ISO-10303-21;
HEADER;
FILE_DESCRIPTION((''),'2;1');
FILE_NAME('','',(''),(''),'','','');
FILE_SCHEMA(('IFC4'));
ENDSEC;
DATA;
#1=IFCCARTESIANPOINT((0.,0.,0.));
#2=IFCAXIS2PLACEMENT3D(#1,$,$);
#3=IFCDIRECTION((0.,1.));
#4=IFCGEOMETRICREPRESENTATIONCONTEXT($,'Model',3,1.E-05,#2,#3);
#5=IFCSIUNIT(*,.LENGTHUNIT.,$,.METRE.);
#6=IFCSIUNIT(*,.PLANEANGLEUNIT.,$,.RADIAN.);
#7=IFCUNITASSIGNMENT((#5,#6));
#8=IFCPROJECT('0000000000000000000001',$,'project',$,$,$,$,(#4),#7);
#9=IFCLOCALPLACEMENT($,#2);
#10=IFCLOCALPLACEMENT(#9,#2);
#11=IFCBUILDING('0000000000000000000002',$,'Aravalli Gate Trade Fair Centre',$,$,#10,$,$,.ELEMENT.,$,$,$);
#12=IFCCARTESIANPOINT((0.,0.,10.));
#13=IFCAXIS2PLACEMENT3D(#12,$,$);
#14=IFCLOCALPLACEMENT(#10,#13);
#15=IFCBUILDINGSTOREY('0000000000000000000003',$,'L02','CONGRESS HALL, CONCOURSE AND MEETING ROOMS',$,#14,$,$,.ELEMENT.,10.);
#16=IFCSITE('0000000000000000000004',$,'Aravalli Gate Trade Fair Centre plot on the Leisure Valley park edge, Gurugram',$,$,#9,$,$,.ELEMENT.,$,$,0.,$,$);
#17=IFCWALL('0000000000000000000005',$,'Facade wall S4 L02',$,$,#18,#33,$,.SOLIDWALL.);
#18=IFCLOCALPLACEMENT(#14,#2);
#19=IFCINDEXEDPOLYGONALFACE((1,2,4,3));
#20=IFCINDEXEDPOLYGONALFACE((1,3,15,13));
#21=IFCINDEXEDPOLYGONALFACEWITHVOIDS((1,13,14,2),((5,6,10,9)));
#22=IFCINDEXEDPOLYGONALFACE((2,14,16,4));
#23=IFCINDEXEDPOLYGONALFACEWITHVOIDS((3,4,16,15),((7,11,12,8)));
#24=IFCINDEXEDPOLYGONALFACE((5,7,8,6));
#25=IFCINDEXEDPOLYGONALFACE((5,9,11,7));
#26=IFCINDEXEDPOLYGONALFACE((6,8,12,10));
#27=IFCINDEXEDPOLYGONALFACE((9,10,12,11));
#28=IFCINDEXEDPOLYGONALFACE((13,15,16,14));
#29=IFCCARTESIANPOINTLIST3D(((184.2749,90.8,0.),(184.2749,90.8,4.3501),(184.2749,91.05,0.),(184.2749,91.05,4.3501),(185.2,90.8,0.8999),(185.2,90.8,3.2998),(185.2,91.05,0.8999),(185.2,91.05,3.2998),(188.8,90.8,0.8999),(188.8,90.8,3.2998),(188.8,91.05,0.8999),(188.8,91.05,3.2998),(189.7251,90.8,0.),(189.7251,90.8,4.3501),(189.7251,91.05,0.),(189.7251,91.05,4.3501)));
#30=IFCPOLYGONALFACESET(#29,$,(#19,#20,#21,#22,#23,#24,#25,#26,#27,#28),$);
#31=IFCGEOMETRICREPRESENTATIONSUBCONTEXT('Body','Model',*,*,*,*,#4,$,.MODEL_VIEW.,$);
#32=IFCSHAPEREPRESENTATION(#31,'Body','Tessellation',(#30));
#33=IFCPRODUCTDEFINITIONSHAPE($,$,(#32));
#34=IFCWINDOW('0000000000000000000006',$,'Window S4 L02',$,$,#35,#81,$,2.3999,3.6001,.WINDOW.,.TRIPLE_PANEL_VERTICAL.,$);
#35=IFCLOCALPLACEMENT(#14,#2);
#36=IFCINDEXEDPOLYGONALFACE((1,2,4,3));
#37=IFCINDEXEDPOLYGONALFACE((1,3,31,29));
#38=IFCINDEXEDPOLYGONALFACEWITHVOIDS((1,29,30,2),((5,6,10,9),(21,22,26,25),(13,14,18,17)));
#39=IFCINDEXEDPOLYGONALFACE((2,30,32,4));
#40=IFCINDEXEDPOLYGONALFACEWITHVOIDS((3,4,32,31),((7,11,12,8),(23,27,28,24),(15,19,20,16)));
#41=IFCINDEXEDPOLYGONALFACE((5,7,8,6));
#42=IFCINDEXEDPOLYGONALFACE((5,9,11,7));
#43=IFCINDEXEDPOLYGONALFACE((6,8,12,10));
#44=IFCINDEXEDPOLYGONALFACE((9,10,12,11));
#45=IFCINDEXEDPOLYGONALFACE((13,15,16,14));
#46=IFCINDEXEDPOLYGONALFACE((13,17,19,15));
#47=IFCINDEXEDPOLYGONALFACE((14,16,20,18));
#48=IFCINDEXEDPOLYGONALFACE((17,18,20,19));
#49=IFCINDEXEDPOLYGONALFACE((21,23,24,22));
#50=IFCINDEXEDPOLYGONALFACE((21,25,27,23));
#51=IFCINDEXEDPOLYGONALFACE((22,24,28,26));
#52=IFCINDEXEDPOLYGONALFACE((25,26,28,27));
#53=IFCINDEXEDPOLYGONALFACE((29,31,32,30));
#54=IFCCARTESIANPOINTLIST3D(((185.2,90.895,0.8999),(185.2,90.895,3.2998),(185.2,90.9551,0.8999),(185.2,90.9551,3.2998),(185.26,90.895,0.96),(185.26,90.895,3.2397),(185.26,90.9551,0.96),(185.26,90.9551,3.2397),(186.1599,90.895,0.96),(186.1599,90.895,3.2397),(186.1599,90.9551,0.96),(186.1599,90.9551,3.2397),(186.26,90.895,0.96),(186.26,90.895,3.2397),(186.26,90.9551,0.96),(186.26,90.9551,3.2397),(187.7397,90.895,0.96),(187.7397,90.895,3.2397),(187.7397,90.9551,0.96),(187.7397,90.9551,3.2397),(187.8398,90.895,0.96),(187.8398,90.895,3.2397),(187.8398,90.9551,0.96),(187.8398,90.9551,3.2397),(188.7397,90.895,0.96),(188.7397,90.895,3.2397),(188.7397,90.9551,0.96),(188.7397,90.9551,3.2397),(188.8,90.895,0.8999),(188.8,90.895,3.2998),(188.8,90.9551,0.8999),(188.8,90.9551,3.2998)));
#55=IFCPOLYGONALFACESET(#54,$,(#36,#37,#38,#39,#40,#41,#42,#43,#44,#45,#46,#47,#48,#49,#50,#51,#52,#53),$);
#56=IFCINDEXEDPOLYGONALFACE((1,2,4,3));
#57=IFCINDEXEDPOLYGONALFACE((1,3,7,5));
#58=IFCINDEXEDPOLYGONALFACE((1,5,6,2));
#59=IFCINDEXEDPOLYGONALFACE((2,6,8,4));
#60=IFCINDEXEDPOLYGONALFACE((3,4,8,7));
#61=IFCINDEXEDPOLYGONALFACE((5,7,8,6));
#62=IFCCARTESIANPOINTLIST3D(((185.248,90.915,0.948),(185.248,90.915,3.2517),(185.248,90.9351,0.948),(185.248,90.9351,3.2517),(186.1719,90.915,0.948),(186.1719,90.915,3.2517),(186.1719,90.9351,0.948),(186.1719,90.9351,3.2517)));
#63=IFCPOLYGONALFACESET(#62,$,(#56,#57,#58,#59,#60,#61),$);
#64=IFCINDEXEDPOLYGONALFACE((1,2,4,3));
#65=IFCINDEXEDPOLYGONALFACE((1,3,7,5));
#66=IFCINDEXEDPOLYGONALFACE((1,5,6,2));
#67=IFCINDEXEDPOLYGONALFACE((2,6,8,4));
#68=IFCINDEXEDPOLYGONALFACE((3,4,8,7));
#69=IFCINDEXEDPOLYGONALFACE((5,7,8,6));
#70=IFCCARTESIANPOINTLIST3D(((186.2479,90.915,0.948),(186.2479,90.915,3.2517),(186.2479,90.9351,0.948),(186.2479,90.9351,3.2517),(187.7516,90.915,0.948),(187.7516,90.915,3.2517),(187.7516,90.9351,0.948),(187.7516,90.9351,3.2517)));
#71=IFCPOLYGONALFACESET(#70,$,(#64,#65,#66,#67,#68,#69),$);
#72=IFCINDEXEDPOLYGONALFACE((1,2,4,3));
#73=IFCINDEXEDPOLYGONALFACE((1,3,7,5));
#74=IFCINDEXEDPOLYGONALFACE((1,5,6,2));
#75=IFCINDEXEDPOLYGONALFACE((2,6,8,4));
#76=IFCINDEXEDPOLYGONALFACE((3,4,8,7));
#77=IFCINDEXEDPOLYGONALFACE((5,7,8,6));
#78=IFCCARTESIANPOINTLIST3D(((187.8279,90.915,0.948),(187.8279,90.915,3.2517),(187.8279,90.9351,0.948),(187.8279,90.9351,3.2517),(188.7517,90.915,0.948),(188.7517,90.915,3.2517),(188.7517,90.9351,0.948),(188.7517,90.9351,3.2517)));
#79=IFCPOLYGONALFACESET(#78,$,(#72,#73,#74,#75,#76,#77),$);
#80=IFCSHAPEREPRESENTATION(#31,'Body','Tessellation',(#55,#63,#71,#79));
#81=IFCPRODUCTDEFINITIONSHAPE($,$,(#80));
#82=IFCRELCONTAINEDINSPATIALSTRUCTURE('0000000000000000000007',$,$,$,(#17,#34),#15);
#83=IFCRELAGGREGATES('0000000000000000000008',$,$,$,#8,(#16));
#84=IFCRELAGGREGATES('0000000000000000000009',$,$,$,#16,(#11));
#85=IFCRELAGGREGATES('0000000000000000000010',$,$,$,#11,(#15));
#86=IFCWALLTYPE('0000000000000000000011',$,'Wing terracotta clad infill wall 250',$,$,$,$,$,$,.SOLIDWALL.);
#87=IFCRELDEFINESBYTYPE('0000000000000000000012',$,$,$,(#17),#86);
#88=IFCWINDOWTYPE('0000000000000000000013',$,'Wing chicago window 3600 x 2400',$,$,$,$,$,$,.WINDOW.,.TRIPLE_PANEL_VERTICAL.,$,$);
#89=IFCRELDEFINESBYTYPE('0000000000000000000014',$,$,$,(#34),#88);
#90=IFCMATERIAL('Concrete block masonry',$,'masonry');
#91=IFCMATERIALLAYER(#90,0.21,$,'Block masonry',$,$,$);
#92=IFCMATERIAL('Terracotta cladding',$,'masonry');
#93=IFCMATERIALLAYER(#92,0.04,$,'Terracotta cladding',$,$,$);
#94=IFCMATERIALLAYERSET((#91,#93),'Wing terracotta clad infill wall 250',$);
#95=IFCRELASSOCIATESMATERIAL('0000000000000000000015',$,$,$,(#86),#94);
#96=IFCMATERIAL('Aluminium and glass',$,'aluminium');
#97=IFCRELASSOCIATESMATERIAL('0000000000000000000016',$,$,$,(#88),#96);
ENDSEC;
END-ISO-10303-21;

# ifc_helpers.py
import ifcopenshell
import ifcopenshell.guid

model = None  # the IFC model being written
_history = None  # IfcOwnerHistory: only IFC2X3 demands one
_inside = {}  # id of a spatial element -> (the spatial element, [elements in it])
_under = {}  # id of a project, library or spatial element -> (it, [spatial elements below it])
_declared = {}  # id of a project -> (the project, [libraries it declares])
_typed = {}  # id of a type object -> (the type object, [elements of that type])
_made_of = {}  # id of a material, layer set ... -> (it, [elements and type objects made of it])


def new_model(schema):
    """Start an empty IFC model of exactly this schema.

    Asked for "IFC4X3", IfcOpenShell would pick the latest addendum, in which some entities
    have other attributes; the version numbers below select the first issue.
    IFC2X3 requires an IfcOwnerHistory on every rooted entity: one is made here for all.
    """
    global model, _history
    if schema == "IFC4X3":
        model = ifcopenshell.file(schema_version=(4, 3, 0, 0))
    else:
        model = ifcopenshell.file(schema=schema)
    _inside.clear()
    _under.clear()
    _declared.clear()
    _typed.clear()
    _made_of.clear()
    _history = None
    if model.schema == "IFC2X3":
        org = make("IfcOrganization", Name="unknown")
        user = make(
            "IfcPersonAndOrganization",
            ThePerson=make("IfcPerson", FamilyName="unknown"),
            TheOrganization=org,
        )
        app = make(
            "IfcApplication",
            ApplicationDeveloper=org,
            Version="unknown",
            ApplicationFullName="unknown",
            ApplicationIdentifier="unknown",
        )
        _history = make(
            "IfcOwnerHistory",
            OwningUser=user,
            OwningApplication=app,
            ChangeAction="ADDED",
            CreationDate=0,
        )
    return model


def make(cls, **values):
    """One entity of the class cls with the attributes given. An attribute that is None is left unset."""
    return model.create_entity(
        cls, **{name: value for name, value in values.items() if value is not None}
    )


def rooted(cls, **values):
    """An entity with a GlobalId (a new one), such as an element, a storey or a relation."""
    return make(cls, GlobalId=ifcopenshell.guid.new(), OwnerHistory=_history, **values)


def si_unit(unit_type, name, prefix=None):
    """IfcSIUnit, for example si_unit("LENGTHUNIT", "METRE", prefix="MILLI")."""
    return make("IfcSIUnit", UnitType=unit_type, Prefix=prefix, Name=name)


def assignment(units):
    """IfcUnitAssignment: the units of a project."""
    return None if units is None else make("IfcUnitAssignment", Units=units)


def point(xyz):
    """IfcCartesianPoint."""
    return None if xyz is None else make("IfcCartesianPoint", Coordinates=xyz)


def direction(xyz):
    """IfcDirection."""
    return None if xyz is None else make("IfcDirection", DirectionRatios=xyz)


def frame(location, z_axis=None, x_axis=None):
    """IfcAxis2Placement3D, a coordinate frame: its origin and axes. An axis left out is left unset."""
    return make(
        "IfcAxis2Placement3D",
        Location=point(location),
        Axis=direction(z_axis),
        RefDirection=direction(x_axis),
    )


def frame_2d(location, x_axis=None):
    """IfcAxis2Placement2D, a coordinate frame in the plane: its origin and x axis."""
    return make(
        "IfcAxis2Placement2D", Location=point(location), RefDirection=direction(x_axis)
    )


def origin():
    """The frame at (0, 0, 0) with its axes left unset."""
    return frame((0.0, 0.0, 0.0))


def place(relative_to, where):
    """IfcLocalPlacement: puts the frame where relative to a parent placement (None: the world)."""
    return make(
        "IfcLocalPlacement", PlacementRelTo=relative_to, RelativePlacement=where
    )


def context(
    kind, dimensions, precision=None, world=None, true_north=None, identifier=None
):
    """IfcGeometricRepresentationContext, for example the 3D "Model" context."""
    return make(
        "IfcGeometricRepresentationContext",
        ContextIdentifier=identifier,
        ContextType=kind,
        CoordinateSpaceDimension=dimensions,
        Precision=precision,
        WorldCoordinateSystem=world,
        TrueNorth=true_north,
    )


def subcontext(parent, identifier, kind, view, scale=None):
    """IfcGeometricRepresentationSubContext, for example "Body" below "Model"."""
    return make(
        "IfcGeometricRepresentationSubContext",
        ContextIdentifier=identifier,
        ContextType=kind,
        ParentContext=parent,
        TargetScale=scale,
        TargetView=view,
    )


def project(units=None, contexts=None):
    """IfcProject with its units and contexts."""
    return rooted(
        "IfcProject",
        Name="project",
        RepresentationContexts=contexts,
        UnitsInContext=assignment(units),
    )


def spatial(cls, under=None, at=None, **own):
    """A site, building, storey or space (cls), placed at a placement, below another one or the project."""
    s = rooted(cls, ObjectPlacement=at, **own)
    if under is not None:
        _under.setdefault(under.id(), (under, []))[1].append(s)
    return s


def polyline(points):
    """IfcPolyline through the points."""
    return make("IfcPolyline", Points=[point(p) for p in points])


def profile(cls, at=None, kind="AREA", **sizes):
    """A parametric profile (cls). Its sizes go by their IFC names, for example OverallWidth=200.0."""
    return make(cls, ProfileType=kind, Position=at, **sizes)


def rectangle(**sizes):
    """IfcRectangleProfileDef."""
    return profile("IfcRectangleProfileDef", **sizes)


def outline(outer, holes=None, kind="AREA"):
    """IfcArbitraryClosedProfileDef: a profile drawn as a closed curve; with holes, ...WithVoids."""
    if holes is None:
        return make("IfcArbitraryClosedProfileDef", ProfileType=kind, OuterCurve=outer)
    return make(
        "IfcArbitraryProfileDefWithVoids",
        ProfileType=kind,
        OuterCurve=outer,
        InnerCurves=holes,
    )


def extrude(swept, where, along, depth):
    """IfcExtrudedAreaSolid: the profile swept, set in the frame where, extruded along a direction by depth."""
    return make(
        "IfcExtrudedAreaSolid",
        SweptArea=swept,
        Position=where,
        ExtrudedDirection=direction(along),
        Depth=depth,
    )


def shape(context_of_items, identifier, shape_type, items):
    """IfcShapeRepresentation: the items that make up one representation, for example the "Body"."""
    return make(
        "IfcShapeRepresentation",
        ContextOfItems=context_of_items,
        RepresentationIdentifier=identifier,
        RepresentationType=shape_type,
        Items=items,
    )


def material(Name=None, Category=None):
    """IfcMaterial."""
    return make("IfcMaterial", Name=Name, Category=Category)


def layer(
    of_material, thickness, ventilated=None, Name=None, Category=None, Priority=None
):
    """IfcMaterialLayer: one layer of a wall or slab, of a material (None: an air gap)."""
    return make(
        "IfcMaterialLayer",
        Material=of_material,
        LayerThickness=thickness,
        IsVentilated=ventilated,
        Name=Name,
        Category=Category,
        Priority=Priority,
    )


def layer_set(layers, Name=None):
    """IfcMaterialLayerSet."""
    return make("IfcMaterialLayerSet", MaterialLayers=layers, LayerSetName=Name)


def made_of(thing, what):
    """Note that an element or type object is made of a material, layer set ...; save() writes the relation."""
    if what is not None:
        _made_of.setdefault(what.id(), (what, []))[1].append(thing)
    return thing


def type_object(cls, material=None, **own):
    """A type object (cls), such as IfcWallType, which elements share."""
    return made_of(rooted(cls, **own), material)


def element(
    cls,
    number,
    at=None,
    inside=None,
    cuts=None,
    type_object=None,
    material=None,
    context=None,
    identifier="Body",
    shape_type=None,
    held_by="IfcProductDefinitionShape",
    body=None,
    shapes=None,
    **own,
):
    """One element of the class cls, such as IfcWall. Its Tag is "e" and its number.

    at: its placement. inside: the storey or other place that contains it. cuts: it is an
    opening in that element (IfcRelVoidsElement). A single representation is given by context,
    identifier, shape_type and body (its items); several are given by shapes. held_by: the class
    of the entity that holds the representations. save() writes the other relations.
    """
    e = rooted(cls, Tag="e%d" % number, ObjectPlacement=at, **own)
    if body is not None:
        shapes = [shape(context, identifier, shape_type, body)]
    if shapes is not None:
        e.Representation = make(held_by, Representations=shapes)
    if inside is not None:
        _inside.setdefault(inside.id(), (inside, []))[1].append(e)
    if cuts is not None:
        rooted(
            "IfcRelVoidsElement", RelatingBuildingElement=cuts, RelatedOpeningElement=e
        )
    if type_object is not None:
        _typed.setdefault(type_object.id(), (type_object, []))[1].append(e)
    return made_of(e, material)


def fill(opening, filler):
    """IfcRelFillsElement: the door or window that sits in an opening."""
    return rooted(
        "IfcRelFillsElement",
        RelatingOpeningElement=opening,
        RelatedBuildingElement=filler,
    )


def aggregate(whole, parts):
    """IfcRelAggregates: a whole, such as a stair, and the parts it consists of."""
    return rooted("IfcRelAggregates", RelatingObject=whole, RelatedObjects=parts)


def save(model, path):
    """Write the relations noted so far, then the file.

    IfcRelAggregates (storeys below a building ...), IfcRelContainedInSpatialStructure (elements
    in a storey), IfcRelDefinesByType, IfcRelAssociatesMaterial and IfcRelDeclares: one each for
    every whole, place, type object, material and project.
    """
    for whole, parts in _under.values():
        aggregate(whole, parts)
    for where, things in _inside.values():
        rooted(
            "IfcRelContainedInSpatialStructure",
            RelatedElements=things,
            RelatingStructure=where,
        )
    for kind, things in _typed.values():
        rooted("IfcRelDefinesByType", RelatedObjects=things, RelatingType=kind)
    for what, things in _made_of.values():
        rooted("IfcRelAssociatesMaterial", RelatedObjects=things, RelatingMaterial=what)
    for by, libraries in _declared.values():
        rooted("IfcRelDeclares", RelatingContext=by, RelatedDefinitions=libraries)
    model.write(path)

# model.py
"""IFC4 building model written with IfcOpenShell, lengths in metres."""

from ifc_helpers import new_model, si_unit, direction, frame, frame_2d, origin, place, context, subcontext, project, spatial, polyline, rectangle, outline, extrude, material, layer, layer_set, type_object, element, fill, save


model = new_model("IFC4")

# Units and contexts
model_context = context("Model", 3, precision=1e-05, world=origin(), true_north=direction((0.0, 1.0)))
body_context = subcontext(model_context, "Body", "Model", "MODEL_VIEW")
ifc_project = project(units=[si_unit("LENGTHUNIT", "METRE"), si_unit("PLANEANGLEUNIT", "RADIAN")], contexts=[model_context])

# Site, building, storey
site_placement = place(None, origin())
site = spatial("IfcSite", under=ifc_project, at=site_placement, Name="Aravalli Gate Trade Fair Centre plot on the Leisure Valley park edge, Gurugram", CompositionType="ELEMENT", RefElevation=0.0)
building_placement = place(site_placement, origin())
building = spatial("IfcBuilding", under=site, at=building_placement, Name="Aravalli Gate Trade Fair Centre", CompositionType="ELEMENT")
storey_placement = place(building_placement, frame((0.0, 0.0, 10.0)))
storey = spatial("IfcBuildingStorey", under=building, at=storey_placement, Name="L02", Description="CONGRESS HALL, CONCOURSE AND MEETING ROOMS", CompositionType="ELEMENT", Elevation=10.0)

# Shared definitions
ifc_material_1 = material(Name="Aluminium and glass", Category="aluminium")

# Wall, opening, window
ifc_material_2 = material(Name="Concrete block masonry", Category="masonry")
ifc_layer_1 = layer(ifc_material_2, 0.21, Name="Block masonry")
ifc_material_3 = material(Name="Terracotta cladding", Category="masonry")
ifc_layer_2 = layer(ifc_material_3, 0.04, Name="Terracotta cladding")
ifc_layer_set_1 = layer_set([ifc_layer_1, ifc_layer_2], Name="Wing terracotta clad infill wall 250")
wall_type_1 = type_object("IfcWallType", Name="Wing terracotta clad infill wall 250", PredefinedType="SOLIDWALL", material=ifc_layer_set_1)
window_type_1 = type_object("IfcWindowType", Name="Wing chicago window 3600 x 2400", PartitioningType="TRIPLE_PANEL_VERTICAL", PredefinedType="WINDOW", material=ifc_material_1)
wall_1_placement = place(storey_placement, frame((184.2749, 90.925, 0.0), z_axis=(0.0, 0.0, 1.0), x_axis=(1.0, 0.0, 0.0)))
wall_1 = element("IfcWall", 1, at=wall_1_placement, inside=storey, type_object=wall_type_1, Name="Facade wall S4 L02", PredefinedType="SOLIDWALL", context=body_context, shape_type="SweptSolid", body=[
    extrude(rectangle(XDim=5.4502, YDim=0.25, at=frame_2d((2.7251, 0.0))), origin(), (0.0, 0.0, 1.0), 4.3501),
])
opening_1_placement = place(wall_1_placement, frame((0.925, 0.0, 0.8999)))
opening_1 = element("IfcOpeningElement", 2, at=opening_1_placement, cuts=wall_1, PredefinedType="OPENING", context=body_context, shape_type="SweptSolid", body=[
    extrude(rectangle(XDim=3.6001, YDim=2.3999, at=frame_2d((1.8, 1.2))), frame((0.0, 0.135, 0.0), z_axis=(0.0, -1.0, 0.0), x_axis=(1.0, 0.0, 0.0)), (0.0, 0.0, 1.0), 0.27),
])
window_1_placement = place(opening_1_placement, origin())
window_1 = element("IfcWindow", 3, at=window_1_placement, inside=storey, type_object=window_type_1, Name="Window S4 L02", OverallHeight=2.3999, OverallWidth=3.6001, PartitioningType="TRIPLE_PANEL_VERTICAL", PredefinedType="WINDOW", context=body_context, shape_type="SweptSolid", body=[
    extrude(outline(polyline([(0.0, 0.0), (3.6001, 0.0), (3.6001, 2.3999), (0.0, 2.3999), (0.0, 0.0)]), holes=[polyline([(0.0601, 0.0601), (0.96, 0.0601), (0.96, 2.3398), (0.0601, 2.3398), (0.0601, 0.0601)]), polyline([(1.0601, 0.0601), (2.5398, 0.0601), (2.5398, 2.3398), (1.0601, 2.3398), (1.0601, 0.0601)]), polyline([(2.6399, 0.0601), (3.5398, 0.0601), (3.5398, 2.3398), (2.6399, 2.3398), (2.6399, 0.0601)])]), frame((0.0, 0.03, 0.0), z_axis=(0.0, -1.0, 0.0), x_axis=(1.0, 0.0, 0.0)), (0.0, 0.0, 1.0), 0.0601),
    extrude(rectangle(XDim=0.9238, YDim=2.3037, at=frame_2d((0.51, 1.2))), frame((0.0, 0.01, 0.0), z_axis=(0.0, -1.0, 0.0), x_axis=(1.0, 0.0, 0.0)), (0.0, 0.0, 1.0), 0.02),
    extrude(rectangle(XDim=1.5037, YDim=2.3037, at=frame_2d((1.7998, 1.2))), frame((0.0, 0.01, 0.0), z_axis=(0.0, -1.0, 0.0), x_axis=(1.0, 0.0, 0.0)), (0.0, 0.0, 1.0), 0.02),
    extrude(rectangle(XDim=0.9238, YDim=2.3037, at=frame_2d((3.0898, 1.2))), frame((0.0, 0.01, 0.0), z_axis=(0.0, -1.0, 0.0), x_axis=(1.0, 0.0, 0.0)), (0.0, 0.0, 1.0), 0.02),
])
fill(opening_1, window_1)

save(model, "model.ifc")
